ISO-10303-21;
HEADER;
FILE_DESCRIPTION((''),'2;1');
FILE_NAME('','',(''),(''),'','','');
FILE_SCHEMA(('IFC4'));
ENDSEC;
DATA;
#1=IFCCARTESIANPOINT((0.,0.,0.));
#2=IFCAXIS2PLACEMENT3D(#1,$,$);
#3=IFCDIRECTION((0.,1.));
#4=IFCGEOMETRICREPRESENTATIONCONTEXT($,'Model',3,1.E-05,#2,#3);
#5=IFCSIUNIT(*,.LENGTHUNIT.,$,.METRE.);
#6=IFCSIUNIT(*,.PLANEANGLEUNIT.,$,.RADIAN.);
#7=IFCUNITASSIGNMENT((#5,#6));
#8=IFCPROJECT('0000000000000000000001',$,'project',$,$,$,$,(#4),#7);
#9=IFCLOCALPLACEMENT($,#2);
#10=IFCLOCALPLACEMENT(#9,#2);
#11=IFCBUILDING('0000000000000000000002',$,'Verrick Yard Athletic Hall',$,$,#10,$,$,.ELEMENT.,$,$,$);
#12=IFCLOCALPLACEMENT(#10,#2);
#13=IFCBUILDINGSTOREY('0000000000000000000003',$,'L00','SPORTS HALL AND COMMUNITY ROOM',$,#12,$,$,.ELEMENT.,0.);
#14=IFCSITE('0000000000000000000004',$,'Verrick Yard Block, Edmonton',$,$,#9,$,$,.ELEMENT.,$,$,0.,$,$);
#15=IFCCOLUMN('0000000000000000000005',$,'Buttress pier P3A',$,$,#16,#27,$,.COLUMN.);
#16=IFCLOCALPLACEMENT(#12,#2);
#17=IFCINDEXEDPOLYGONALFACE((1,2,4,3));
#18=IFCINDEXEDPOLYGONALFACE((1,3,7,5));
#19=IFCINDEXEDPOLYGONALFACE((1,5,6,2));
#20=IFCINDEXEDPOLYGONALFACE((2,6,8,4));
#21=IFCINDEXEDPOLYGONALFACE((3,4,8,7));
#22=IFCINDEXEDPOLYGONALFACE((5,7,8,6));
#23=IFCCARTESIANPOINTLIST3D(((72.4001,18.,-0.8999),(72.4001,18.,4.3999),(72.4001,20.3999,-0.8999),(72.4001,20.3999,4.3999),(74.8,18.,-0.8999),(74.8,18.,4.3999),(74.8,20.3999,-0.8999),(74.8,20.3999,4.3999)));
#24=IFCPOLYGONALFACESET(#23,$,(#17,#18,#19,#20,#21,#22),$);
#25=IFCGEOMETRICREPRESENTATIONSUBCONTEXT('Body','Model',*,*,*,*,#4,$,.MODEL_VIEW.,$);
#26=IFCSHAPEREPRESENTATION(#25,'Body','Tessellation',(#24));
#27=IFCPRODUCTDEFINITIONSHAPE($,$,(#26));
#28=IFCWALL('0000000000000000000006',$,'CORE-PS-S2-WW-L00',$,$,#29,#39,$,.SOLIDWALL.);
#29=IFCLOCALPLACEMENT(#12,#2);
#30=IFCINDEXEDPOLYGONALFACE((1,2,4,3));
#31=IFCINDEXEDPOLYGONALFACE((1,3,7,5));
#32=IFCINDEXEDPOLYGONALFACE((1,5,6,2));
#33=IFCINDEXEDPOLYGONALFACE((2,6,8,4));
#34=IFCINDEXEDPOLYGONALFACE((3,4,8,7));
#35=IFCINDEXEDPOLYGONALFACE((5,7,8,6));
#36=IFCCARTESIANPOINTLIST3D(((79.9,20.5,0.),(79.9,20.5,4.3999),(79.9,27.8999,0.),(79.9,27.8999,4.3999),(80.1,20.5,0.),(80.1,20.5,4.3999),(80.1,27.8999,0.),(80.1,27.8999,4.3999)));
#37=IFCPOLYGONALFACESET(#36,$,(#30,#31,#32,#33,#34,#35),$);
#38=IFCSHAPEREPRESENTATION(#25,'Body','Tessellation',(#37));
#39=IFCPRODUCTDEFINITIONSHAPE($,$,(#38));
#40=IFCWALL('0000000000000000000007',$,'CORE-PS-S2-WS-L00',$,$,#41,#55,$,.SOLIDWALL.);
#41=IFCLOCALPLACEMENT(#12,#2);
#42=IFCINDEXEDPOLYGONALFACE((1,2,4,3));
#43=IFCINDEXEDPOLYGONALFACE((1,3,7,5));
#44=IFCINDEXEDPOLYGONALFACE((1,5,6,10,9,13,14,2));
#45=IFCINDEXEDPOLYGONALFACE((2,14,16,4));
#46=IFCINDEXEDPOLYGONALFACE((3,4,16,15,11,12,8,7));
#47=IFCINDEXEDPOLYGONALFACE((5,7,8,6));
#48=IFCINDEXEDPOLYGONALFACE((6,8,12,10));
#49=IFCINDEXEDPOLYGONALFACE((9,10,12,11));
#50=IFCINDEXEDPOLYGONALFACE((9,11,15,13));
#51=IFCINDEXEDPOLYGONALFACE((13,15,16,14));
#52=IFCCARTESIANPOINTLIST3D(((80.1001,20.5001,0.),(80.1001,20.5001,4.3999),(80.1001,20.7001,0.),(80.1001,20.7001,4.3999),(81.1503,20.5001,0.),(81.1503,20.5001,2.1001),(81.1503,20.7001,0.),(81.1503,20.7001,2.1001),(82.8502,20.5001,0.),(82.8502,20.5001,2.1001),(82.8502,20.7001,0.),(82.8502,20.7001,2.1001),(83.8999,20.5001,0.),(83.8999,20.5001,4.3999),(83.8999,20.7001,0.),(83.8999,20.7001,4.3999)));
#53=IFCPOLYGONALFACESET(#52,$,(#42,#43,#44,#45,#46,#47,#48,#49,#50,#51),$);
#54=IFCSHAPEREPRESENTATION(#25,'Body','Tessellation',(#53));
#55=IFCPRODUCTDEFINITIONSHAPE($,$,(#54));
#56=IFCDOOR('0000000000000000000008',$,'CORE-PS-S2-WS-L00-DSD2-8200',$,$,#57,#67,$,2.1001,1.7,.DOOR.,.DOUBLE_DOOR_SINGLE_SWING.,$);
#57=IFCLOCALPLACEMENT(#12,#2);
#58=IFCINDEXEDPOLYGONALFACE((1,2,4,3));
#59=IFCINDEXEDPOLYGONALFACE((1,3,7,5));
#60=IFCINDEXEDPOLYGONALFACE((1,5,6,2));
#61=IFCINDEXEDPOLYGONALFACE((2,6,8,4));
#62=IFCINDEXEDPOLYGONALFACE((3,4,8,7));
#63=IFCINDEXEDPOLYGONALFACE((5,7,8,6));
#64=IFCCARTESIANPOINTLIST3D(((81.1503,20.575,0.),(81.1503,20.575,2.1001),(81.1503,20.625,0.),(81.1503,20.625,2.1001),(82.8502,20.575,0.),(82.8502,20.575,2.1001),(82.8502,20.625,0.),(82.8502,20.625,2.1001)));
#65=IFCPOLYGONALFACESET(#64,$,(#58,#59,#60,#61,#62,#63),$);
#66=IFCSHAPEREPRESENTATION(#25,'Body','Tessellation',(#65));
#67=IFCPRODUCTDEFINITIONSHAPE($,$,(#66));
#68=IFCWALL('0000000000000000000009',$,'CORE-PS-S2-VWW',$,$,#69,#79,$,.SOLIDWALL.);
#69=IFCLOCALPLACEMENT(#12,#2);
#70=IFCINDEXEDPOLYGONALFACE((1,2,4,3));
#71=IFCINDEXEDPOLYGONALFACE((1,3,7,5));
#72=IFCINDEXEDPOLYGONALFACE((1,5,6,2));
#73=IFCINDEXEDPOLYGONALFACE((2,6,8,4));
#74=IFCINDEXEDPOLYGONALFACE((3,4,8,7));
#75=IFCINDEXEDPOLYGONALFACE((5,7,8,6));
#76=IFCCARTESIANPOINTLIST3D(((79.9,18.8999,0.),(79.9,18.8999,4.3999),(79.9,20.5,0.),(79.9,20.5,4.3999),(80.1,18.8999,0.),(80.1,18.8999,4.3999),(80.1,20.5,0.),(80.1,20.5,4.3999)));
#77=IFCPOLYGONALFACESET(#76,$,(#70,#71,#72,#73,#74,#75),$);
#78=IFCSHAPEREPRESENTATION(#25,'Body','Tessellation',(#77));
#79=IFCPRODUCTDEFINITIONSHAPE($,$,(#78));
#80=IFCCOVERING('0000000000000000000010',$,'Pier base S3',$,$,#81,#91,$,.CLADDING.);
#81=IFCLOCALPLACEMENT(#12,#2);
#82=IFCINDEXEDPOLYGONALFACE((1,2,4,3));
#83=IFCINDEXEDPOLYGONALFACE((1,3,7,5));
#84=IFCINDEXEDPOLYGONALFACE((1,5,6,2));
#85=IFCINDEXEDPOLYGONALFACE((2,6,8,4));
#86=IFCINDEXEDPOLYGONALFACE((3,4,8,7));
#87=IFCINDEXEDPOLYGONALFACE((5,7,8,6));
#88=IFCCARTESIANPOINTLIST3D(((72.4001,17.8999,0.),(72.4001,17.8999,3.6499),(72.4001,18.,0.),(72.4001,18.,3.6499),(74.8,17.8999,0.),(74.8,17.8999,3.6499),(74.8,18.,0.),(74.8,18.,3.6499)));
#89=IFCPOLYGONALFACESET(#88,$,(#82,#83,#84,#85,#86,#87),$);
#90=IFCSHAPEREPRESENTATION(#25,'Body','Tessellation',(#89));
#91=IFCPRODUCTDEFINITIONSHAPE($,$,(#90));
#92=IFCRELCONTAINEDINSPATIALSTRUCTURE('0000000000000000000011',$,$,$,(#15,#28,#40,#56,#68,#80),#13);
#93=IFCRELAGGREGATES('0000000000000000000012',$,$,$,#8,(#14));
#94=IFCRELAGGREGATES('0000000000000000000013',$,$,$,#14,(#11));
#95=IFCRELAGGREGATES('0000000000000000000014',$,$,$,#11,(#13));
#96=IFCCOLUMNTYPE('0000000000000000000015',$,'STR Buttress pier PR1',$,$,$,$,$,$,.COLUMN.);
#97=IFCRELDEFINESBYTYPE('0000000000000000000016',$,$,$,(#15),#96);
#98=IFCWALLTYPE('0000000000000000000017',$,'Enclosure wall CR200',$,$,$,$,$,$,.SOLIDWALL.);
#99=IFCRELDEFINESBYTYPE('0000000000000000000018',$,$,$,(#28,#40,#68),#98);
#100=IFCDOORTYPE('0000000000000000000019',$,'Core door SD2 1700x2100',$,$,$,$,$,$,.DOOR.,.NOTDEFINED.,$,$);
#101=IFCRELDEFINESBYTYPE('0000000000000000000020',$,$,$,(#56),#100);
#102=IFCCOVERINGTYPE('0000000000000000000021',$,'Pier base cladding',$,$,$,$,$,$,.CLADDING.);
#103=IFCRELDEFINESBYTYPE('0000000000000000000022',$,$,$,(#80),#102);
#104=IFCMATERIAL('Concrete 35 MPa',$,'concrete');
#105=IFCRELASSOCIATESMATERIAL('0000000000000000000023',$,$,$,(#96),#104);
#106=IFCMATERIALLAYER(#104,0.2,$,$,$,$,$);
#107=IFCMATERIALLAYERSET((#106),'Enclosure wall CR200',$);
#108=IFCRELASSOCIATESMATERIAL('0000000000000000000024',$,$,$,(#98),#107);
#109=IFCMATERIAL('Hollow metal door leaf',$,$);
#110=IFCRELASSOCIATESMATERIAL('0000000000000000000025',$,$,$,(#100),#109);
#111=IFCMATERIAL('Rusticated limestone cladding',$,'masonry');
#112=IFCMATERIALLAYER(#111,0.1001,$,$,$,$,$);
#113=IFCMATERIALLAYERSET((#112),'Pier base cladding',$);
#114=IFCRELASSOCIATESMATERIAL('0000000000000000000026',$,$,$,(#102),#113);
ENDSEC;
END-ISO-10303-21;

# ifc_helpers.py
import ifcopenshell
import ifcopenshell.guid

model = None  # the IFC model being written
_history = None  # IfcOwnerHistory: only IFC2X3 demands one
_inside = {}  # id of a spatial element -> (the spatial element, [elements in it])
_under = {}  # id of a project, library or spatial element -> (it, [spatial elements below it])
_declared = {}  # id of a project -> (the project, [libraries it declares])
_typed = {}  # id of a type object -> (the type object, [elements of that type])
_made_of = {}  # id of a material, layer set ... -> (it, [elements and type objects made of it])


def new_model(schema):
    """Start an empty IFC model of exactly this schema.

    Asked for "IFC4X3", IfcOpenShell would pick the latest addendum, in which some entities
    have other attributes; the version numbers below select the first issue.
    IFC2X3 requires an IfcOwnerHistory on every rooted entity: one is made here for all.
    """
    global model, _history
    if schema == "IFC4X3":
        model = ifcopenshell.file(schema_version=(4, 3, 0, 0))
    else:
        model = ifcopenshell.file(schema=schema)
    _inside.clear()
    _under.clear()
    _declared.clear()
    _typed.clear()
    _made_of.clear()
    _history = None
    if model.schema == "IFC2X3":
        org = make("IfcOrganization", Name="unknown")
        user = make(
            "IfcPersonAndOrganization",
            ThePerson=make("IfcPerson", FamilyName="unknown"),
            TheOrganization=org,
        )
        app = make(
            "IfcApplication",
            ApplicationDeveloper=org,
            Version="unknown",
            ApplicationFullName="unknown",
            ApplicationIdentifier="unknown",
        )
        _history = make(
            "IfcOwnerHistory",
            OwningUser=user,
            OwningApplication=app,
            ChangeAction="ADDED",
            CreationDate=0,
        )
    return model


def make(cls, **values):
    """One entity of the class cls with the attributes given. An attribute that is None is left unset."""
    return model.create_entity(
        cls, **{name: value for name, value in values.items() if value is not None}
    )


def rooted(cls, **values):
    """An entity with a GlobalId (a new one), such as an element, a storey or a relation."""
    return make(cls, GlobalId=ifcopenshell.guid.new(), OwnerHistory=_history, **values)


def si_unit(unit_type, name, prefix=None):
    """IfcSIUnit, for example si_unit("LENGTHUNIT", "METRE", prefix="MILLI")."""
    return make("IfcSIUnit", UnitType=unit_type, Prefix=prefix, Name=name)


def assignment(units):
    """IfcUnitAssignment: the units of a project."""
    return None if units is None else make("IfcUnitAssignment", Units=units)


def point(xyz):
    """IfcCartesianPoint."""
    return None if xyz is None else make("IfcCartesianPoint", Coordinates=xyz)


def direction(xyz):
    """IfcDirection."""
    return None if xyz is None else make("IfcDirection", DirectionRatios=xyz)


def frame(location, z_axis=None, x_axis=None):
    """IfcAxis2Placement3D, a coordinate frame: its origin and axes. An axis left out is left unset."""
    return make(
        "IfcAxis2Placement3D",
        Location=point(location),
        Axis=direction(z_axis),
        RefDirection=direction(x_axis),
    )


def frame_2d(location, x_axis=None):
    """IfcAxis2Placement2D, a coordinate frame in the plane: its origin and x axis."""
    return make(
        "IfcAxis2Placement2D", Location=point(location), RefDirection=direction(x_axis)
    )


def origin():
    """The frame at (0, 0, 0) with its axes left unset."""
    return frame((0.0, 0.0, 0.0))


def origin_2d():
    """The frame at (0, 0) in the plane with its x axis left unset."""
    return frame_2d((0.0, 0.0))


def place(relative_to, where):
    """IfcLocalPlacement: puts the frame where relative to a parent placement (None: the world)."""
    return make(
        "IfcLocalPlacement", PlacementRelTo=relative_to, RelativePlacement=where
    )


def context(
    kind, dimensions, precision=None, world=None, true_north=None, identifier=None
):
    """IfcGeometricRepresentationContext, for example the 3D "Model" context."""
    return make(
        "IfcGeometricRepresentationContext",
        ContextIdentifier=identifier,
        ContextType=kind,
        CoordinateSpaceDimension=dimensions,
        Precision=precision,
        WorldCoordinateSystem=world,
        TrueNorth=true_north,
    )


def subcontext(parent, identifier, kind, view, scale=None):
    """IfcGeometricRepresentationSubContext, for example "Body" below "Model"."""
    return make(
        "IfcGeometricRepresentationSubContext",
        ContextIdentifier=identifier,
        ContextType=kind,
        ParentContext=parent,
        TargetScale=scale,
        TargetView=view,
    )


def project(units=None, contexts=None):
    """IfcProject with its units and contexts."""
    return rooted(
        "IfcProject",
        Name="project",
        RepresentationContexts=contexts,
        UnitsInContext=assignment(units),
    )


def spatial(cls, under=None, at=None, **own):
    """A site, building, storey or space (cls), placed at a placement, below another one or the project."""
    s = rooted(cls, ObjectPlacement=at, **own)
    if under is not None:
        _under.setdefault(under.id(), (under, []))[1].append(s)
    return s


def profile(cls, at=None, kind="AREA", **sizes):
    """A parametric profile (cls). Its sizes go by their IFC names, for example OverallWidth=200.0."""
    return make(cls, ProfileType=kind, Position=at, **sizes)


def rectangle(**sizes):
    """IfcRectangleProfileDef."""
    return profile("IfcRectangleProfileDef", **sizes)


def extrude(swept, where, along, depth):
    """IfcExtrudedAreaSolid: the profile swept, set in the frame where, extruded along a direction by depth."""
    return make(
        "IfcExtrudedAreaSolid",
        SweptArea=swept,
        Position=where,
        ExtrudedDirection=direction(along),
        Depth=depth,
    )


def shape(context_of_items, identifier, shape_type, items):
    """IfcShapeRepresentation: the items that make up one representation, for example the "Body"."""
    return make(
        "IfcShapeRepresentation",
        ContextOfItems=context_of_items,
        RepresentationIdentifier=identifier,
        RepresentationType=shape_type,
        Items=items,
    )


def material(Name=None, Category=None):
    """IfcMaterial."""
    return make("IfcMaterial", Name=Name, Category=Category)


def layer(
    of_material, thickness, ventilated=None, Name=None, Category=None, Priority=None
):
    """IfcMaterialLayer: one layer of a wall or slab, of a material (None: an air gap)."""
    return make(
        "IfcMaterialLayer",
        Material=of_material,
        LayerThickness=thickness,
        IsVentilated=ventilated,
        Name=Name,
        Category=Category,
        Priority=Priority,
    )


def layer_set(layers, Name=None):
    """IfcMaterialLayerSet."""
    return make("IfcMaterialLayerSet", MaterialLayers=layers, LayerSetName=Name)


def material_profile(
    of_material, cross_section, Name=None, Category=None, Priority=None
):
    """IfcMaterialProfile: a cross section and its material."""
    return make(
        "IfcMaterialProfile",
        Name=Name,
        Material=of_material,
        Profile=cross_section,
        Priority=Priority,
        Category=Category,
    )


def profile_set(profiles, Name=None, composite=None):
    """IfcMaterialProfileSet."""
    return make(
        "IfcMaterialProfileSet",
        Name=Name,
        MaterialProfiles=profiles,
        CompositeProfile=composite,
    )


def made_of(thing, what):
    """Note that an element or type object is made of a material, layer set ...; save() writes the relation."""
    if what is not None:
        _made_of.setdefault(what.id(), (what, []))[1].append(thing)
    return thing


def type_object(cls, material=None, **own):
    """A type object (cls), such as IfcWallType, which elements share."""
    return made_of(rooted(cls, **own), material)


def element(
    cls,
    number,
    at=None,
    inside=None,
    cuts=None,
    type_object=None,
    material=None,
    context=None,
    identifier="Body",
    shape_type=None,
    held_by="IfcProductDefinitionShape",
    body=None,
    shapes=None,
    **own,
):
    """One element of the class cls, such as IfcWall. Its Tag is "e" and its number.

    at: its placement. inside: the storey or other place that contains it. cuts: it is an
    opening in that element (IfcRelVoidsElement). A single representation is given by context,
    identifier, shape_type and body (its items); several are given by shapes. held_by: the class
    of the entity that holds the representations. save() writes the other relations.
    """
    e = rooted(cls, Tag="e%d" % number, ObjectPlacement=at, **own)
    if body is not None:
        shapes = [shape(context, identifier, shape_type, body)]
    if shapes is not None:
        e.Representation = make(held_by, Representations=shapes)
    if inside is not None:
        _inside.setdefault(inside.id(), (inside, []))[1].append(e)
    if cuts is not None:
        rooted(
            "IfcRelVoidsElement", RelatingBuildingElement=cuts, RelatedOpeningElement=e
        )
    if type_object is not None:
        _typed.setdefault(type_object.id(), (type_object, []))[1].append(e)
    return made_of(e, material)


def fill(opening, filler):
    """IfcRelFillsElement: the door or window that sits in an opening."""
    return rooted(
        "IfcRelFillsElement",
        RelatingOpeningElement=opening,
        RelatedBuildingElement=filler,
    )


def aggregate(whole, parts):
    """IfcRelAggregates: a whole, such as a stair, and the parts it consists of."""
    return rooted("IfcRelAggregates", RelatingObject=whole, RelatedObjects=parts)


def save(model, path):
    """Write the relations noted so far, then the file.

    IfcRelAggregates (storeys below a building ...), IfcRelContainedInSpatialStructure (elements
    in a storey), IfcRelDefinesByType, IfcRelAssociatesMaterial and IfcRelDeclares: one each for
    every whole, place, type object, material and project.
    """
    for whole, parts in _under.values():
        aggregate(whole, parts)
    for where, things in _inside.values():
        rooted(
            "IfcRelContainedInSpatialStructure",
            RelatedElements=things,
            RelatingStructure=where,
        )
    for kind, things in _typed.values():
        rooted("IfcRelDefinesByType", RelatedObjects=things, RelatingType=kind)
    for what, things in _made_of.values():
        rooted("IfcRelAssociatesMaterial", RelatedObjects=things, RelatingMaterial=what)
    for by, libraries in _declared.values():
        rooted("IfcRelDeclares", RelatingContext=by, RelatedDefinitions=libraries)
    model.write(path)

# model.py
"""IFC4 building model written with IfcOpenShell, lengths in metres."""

from ifc_helpers import new_model, si_unit, direction, frame, frame_2d, origin, origin_2d, place, context, subcontext, project, spatial, rectangle, extrude, material, layer, layer_set, material_profile, profile_set, type_object, element, fill, save


model = new_model("IFC4")

# Units and contexts
model_context = context("Model", 3, precision=1e-05, world=origin(), true_north=direction((0.0, 1.0)))
body_context = subcontext(model_context, "Body", "Model", "MODEL_VIEW")
ifc_project = project(units=[si_unit("LENGTHUNIT", "METRE"), si_unit("PLANEANGLEUNIT", "RADIAN")], contexts=[model_context])

# Site, building, storey
site_placement = place(None, origin())
site = spatial("IfcSite", under=ifc_project, at=site_placement, Name="Verrick Yard Block, Edmonton", CompositionType="ELEMENT", RefElevation=0.0)
building_placement = place(site_placement, origin())
building = spatial("IfcBuilding", under=site, at=building_placement, Name="Verrick Yard Athletic Hall", CompositionType="ELEMENT")
storey_placement = place(building_placement, origin())
storey = spatial("IfcBuildingStorey", under=building, at=storey_placement, Name="L00", Description="SPORTS HALL AND COMMUNITY ROOM", CompositionType="ELEMENT", Elevation=0.0)

# Shared definitions
ifc_material_1 = material(Name="Concrete 35 MPa", Category="concrete")

# Column
ifc_material_profile_1 = material_profile(ifc_material_1, rectangle(XDim=2.3999, YDim=2.3999, at=origin_2d()), Name="STR Buttress pier PR1")
ifc_profile_set_1 = profile_set([ifc_material_profile_1], Name="Concrete 35 MPa")
column_type = type_object("IfcColumnType", Name="STR Buttress pier PR1", PredefinedType="COLUMN", material=ifc_profile_set_1)
column_placement = place(storey_placement, frame((73.6001, 19.2, -0.8999), z_axis=(0.0, 0.0, 1.0), x_axis=(1.0, 0.0, 0.0)))
element("IfcColumn", 1, at=column_placement, inside=storey, type_object=column_type, Name="Buttress pier P3A", PredefinedType="COLUMN", context=body_context, shape_type="SweptSolid", body=[
    extrude(rectangle(XDim=2.3999, YDim=2.3999, at=origin_2d()), origin(), (0.0, 0.0, 1.0), 5.2998),
])

# Wall
ifc_layer_1 = layer(ifc_material_1, 0.2)
ifc_layer_set_1 = layer_set([ifc_layer_1], Name="Enclosure wall CR200")
wall_type_1 = type_object("IfcWallType", Name="Enclosure wall CR200", PredefinedType="SOLIDWALL", material=ifc_layer_set_1)
wall_1_placement = place(storey_placement, frame((80.0, 20.5, 0.0), z_axis=(0.0, 0.0, 1.0), x_axis=(0.0, 1.0, 0.0)))
element("IfcWall", 2, at=wall_1_placement, inside=storey, type_object=wall_type_1, Name="CORE-PS-S2-WW-L00", PredefinedType="SOLIDWALL", context=body_context, shape_type="SweptSolid", body=[
    extrude(rectangle(XDim=7.3999, YDim=0.2, at=frame_2d((3.7, 0.0))), origin(), (0.0, 0.0, 1.0), 4.3999),
])

# Wall, opening, door
wall_2_placement = place(storey_placement, frame((80.1001, 20.6001, 0.0), z_axis=(0.0, 0.0, 1.0), x_axis=(1.0, 0.0, 0.0)))
wall_2 = element("IfcWall", 3, at=wall_2_placement, inside=storey, type_object=wall_type_1, Name="CORE-PS-S2-WS-L00", PredefinedType="SOLIDWALL", context=body_context, shape_type="SweptSolid", body=[
    extrude(rectangle(XDim=3.7998, YDim=0.2, at=frame_2d((1.8999, 0.0))), origin(), (0.0, 0.0, 1.0), 4.3999),
])
opening_1_placement = place(wall_2_placement, frame((1.05, 0.0, 0.0)))
opening_1 = element("IfcOpeningElement", 4, at=opening_1_placement, cuts=wall_2, PredefinedType="OPENING", context=body_context, shape_type="SweptSolid", body=[
    extrude(rectangle(XDim=1.7, YDim=2.1001, at=frame_2d((0.8501, 1.05))), frame((0.0, 0.1099, 0.0), z_axis=(0.0, -1.0, 0.0), x_axis=(1.0, 0.0, 0.0)), (0.0, 0.0, 1.0), 0.22),
])
ifc_material_2 = material(Name="Hollow metal door leaf")
door_type_1 = type_object("IfcDoorType", Name="Core door SD2 1700x2100", OperationType="NOTDEFINED", PredefinedType="DOOR", material=ifc_material_2)
door_1_placement = place(opening_1_placement, origin())
door_1 = element("IfcDoor", 5, at=door_1_placement, inside=storey, type_object=door_type_1, Name="CORE-PS-S2-WS-L00-DSD2-8200", OperationType="DOUBLE_DOOR_SINGLE_SWING", OverallHeight=2.1001, OverallWidth=1.7, PredefinedType="DOOR", context=body_context, shape_type="SweptSolid", body=[
    extrude(rectangle(XDim=1.7, YDim=2.1001, at=frame_2d((0.8501, 1.05))), frame((0.0, 0.0249, 0.0), z_axis=(0.0, -1.0, 0.0), x_axis=(1.0, 0.0, 0.0)), (0.0, 0.0, 1.0), 0.05),
])
fill(opening_1, door_1)

# Wall
wall_3_placement = place(storey_placement, frame((80.0, 18.8999, 0.0), z_axis=(0.0, 0.0, 1.0), x_axis=(0.0, 1.0, 0.0)))
element("IfcWall", 6, at=wall_3_placement, inside=storey, type_object=wall_type_1, Name="CORE-PS-S2-VWW", PredefinedType="SOLIDWALL", context=body_context, shape_type="SweptSolid", body=[
    extrude(rectangle(XDim=1.6001, YDim=0.2, at=frame_2d((0.8, 0.0))), origin(), (0.0, 0.0, 1.0), 4.3999),
])

# Shared definitions
ifc_material_3 = material(Name="Rusticated limestone cladding", Category="masonry")

# Covering
ifc_layer_2 = layer(ifc_material_3, 0.1001)
ifc_layer_set_2 = layer_set([ifc_layer_2], Name="Pier base cladding")
covering_type = type_object("IfcCoveringType", Name="Pier base cladding", PredefinedType="CLADDING", material=ifc_layer_set_2)
covering_placement = place(storey_placement, frame((73.6001, 17.95, 0.0), z_axis=(0.0, 0.0, 1.0), x_axis=(1.0, 0.0, 0.0)))
element("IfcCovering", 7, at=covering_placement, inside=storey, type_object=covering_type, Name="Pier base S3", PredefinedType="CLADDING", context=body_context, shape_type="SweptSolid", body=[
    extrude(rectangle(XDim=2.3999, YDim=0.1001, at=origin_2d()), origin(), (0.0, 0.0, 1.0), 3.6499),
])

save(model, "model.ifc")
